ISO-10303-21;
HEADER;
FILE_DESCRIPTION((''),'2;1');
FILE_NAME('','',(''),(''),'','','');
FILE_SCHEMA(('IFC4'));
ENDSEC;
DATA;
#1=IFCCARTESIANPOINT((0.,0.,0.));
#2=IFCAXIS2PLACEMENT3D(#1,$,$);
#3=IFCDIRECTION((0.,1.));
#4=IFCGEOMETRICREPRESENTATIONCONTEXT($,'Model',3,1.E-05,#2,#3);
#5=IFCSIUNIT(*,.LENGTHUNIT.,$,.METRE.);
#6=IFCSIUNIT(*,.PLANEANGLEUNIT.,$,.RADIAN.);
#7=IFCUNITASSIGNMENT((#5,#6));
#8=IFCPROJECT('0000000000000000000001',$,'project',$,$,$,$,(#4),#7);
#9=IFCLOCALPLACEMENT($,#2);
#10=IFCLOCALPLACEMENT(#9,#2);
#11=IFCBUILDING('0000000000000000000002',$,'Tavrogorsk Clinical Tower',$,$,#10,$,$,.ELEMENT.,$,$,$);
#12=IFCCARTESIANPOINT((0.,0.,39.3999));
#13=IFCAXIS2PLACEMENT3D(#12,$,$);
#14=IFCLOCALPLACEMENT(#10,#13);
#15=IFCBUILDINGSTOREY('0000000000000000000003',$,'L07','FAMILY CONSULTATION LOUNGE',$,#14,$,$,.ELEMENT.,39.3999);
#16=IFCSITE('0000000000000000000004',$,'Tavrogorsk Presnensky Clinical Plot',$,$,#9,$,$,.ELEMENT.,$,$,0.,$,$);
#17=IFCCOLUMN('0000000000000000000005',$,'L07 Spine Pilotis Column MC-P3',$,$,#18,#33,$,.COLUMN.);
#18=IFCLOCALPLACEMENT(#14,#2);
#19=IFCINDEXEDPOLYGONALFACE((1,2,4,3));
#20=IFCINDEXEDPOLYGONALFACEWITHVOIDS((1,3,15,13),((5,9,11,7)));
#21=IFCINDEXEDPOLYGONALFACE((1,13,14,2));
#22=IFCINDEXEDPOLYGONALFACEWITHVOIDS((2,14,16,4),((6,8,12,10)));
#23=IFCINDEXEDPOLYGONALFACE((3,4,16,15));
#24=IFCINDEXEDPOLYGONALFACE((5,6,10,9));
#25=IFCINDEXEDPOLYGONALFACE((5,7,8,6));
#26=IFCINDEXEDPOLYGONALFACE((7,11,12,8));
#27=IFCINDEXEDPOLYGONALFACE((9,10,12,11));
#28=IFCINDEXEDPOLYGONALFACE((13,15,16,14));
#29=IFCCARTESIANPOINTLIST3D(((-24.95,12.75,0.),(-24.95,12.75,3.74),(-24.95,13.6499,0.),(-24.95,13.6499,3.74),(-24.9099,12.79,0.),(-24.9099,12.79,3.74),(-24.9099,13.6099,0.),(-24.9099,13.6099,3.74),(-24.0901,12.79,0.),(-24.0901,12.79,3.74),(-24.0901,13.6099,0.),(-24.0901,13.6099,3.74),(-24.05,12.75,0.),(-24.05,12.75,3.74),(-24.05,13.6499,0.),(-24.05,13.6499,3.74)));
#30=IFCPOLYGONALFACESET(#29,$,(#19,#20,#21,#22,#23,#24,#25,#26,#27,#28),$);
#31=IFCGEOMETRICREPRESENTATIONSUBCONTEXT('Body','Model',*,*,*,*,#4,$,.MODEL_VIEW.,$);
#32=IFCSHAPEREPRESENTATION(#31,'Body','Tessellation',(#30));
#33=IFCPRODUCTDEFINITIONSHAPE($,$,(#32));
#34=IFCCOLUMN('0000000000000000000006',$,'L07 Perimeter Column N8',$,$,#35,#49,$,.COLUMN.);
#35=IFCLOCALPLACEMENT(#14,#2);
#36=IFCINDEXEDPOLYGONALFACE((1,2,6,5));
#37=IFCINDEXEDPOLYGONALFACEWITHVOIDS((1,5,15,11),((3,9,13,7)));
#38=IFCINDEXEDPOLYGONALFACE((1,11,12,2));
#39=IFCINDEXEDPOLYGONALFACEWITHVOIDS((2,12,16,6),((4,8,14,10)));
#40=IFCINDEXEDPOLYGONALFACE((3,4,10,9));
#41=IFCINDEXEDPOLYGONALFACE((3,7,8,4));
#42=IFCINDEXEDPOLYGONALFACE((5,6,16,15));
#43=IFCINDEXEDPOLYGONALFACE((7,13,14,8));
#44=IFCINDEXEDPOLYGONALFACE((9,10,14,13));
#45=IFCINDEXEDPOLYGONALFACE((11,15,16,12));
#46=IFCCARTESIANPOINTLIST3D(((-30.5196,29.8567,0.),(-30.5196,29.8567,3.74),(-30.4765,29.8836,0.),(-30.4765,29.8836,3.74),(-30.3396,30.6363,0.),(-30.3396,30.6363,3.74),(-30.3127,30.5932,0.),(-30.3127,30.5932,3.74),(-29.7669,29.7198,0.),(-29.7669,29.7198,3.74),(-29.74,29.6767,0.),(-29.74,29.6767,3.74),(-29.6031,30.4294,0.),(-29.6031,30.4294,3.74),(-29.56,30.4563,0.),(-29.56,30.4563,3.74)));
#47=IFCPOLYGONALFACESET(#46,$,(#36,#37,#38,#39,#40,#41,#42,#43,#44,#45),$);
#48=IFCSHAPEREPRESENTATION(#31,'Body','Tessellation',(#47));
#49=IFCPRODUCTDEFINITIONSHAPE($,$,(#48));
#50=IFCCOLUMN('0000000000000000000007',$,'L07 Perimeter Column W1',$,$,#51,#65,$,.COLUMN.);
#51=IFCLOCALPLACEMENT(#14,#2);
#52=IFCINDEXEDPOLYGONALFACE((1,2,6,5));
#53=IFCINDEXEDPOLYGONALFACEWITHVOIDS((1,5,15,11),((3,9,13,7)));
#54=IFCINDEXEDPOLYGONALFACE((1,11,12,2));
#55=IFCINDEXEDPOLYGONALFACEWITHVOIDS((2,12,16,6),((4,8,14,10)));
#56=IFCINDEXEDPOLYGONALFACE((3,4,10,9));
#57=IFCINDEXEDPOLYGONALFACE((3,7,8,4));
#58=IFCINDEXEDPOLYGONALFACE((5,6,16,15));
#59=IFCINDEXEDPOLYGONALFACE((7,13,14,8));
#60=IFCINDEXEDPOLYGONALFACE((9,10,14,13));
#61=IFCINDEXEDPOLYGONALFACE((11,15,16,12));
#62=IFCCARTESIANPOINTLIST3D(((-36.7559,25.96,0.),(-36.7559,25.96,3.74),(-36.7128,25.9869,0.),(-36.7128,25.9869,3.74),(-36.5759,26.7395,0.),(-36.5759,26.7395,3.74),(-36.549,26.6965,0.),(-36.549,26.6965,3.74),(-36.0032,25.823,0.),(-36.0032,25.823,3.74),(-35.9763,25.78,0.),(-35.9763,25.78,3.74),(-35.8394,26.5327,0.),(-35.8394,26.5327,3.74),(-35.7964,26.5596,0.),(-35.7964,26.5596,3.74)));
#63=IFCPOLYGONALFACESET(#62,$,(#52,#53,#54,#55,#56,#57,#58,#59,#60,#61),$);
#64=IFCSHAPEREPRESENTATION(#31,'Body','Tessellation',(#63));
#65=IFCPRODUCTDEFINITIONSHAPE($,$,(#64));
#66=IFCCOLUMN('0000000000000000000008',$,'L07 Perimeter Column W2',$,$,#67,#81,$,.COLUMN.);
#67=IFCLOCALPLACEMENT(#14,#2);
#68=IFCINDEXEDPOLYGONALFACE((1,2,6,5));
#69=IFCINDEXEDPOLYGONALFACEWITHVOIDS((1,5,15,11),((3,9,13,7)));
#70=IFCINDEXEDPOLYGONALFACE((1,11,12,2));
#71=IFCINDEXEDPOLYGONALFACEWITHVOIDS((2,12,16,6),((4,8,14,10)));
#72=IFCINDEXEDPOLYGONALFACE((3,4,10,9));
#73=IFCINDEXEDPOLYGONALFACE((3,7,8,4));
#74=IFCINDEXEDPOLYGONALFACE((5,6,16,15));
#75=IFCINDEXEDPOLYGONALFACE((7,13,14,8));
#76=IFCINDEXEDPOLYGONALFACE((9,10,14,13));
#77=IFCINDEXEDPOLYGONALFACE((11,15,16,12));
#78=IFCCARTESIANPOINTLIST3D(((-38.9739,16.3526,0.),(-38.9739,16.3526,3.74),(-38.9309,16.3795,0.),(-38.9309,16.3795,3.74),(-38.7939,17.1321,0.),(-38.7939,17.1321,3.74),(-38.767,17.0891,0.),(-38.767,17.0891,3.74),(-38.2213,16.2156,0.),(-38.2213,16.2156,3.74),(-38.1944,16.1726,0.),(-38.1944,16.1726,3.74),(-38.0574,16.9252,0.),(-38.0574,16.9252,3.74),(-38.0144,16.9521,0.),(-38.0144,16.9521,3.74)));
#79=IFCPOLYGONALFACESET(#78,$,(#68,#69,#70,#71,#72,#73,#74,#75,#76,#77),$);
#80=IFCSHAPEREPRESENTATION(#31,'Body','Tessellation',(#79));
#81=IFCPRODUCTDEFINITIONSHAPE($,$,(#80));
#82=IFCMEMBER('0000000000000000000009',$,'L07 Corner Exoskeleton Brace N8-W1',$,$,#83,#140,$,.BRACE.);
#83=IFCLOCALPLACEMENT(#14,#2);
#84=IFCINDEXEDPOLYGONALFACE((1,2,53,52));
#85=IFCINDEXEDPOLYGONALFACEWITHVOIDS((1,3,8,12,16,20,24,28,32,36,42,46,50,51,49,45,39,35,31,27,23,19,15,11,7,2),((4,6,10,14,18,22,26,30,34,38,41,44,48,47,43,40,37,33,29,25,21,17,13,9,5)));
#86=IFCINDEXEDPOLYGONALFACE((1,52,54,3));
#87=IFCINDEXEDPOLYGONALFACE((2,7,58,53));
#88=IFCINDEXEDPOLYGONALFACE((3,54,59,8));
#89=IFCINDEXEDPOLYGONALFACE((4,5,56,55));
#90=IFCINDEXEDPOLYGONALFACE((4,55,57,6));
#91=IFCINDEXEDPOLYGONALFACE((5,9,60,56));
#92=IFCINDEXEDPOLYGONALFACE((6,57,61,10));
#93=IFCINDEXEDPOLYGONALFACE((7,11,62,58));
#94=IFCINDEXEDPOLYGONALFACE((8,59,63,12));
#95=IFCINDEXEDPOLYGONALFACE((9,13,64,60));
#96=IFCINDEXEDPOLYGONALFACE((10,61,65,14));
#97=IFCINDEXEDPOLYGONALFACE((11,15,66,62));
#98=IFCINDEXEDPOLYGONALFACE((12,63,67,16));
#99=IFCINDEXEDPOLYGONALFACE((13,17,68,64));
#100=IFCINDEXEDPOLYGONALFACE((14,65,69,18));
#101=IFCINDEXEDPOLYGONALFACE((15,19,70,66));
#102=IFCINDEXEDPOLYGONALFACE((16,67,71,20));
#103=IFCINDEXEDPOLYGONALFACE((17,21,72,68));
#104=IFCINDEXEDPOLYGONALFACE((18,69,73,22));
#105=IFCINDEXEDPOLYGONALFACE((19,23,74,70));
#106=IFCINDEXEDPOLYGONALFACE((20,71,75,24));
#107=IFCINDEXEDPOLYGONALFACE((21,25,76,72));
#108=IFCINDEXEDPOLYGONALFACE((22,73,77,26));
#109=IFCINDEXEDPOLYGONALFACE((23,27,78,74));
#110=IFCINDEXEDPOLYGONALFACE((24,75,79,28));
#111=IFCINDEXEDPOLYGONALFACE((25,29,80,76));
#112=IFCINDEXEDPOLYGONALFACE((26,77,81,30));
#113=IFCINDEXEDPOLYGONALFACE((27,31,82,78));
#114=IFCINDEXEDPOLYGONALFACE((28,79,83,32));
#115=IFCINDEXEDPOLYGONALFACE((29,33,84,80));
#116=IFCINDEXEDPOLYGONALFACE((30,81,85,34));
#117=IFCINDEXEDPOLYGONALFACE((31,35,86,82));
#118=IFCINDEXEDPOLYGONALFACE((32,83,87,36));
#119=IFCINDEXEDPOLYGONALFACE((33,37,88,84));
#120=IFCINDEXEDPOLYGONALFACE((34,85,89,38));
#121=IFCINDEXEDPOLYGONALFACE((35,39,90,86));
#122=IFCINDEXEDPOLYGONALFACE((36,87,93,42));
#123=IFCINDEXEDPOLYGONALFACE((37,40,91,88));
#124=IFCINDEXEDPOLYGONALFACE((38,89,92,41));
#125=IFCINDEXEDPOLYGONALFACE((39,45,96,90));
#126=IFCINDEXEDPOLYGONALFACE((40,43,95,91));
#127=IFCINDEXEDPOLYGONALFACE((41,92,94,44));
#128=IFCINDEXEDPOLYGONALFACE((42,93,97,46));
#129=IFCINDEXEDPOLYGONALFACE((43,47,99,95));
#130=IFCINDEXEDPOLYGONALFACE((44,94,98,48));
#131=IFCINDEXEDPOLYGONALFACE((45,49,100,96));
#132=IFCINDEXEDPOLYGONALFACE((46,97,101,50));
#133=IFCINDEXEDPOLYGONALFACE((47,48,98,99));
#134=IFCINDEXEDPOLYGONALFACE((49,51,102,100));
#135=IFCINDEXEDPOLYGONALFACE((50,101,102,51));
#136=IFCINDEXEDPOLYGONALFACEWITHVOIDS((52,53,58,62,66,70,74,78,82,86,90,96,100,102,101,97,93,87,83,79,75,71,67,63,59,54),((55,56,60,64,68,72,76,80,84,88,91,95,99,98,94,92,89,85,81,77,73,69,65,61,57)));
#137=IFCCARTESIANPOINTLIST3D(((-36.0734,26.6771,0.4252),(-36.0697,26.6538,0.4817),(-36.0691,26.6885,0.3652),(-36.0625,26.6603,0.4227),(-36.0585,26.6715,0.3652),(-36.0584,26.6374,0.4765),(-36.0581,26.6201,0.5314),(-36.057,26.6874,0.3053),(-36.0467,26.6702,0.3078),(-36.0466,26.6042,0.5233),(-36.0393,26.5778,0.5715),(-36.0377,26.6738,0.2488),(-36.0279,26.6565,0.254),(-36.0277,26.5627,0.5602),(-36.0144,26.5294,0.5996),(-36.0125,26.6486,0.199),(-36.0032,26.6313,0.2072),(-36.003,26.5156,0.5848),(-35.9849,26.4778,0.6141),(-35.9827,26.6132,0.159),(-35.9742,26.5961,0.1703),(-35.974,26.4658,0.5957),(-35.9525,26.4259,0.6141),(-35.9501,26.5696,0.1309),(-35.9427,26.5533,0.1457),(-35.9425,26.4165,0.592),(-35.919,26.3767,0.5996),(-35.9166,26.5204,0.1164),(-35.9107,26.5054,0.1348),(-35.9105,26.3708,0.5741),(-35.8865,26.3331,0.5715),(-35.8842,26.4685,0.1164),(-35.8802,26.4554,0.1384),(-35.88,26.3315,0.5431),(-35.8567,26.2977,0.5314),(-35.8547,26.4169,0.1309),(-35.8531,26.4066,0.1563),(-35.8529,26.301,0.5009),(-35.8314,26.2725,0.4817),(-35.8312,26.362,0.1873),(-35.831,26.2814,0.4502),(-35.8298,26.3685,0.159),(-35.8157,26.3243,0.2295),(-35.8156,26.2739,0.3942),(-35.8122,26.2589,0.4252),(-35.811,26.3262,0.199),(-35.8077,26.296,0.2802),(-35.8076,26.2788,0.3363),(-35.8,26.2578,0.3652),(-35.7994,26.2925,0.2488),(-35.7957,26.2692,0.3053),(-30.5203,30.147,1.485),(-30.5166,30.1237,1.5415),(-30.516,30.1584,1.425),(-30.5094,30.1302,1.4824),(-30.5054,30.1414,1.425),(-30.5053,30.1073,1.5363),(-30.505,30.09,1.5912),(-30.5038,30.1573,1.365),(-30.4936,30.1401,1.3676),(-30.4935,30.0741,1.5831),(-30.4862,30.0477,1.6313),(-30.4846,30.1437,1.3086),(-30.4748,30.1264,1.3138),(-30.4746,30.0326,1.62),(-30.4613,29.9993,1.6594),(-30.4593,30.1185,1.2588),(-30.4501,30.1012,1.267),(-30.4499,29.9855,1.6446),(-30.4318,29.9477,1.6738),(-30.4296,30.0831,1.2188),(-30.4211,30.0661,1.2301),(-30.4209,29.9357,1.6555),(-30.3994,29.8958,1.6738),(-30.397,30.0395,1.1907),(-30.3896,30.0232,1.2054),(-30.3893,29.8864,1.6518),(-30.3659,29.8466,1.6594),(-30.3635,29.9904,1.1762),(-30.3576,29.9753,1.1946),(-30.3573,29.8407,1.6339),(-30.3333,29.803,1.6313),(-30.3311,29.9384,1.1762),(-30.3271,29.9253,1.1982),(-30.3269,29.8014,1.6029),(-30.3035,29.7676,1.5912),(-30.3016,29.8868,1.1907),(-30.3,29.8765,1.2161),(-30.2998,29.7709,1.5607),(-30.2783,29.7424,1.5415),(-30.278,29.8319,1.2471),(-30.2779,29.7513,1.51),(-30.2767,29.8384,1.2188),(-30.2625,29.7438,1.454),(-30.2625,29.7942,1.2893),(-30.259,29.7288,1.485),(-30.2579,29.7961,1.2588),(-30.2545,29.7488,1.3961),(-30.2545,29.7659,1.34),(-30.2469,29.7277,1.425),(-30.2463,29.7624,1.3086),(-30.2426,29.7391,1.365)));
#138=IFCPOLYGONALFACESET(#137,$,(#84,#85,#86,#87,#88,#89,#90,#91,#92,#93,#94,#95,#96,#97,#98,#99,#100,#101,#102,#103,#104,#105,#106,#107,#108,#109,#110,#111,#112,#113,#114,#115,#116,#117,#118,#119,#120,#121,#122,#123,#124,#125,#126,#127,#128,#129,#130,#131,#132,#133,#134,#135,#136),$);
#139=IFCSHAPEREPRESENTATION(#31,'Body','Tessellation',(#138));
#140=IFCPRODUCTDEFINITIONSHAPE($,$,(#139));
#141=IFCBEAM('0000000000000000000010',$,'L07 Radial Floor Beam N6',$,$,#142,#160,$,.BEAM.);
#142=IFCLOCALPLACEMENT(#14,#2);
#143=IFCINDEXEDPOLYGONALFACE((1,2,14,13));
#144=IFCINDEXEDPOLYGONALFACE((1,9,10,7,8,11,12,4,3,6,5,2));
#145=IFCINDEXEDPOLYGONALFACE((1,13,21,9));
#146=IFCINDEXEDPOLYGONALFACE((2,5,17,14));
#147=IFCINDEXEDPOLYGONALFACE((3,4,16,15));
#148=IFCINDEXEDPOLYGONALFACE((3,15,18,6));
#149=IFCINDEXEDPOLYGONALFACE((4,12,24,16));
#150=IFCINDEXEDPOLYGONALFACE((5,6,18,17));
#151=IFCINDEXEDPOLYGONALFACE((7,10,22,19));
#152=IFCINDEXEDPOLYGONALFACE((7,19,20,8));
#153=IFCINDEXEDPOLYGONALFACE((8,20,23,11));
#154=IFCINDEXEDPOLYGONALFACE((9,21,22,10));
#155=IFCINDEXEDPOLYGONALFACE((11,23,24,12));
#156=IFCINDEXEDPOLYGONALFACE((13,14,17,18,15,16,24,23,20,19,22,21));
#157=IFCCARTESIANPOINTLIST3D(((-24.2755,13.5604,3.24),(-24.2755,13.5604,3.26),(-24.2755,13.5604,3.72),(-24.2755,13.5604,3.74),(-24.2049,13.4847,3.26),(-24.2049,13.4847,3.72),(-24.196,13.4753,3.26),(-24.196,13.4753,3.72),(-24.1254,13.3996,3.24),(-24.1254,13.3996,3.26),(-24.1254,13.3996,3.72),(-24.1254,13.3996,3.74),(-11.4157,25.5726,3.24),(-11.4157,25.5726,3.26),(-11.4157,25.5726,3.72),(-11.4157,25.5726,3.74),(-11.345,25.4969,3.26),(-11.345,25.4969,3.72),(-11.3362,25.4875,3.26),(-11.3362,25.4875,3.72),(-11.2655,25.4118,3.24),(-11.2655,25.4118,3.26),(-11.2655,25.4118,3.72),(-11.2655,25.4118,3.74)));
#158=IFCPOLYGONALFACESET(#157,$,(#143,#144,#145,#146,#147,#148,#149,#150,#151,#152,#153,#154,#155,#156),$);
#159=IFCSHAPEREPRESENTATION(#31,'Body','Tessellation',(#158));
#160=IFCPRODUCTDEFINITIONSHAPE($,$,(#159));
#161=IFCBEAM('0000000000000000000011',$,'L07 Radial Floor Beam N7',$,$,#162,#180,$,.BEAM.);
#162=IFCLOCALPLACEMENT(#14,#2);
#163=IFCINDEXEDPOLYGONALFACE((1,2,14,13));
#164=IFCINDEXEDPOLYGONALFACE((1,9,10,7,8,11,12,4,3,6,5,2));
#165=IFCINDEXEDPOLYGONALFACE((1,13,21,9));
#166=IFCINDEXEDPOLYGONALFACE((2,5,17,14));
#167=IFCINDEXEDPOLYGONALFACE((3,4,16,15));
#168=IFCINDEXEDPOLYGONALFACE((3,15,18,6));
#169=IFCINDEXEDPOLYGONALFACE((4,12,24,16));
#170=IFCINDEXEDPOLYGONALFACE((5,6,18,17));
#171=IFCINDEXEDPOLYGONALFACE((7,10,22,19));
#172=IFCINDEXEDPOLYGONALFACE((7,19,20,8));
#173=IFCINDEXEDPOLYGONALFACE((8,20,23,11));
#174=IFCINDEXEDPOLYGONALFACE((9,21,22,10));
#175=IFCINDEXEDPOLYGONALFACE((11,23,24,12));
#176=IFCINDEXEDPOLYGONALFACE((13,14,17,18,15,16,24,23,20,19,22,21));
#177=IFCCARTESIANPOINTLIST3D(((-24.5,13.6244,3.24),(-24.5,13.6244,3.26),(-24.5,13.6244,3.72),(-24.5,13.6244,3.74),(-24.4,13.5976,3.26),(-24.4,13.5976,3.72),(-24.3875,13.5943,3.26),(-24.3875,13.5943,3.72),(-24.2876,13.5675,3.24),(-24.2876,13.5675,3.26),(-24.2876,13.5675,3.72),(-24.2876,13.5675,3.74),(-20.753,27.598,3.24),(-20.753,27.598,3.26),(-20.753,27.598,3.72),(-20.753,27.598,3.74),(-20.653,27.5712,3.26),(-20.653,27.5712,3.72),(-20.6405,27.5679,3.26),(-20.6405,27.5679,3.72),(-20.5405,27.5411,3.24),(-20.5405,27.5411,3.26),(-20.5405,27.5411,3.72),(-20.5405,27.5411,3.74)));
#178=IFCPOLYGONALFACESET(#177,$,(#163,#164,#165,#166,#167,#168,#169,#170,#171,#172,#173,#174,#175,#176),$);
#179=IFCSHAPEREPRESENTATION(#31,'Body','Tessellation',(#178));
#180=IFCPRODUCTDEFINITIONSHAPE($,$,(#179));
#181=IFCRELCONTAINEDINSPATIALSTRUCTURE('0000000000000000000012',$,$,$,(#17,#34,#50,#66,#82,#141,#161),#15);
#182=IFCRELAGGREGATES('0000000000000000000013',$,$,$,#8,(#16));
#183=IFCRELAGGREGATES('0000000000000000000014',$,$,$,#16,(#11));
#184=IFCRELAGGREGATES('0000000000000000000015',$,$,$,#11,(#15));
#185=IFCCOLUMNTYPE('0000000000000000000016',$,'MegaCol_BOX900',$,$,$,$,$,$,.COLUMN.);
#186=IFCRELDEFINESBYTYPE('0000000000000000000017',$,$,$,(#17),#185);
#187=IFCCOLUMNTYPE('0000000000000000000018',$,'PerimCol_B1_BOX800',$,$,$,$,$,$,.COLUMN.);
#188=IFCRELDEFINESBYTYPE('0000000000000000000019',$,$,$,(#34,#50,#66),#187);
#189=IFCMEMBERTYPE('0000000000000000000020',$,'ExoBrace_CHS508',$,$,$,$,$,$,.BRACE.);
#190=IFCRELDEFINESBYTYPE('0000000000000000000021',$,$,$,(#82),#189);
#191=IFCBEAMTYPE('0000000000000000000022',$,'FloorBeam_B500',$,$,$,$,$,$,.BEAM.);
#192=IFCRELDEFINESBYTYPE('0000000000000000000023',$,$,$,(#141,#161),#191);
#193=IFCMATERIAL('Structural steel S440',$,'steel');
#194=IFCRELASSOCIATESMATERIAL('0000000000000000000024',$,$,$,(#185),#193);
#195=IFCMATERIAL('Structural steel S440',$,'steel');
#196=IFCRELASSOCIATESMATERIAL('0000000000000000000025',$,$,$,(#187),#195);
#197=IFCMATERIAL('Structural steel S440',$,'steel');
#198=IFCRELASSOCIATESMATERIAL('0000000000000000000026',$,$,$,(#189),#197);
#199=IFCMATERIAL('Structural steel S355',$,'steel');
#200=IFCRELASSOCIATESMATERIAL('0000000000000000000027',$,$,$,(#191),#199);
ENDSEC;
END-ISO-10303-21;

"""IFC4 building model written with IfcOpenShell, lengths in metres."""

from ifc_helpers import new_model, si_unit, direction, frame, origin, origin_2d, place, context, subcontext, project, spatial, hollow_rectangle, hollow_circle, i_section, extrude, material, material_profile, profile_set, type_object, element, save


model = new_model("IFC4")

# Units and contexts
model_context = context("Model", 3, precision=1e-05, world=origin(), true_north=direction((0.0, 1.0)))
body_context = subcontext(model_context, "Body", "Model", "MODEL_VIEW")
ifc_project = project(units=[si_unit("LENGTHUNIT", "METRE"), si_unit("PLANEANGLEUNIT", "RADIAN")], contexts=[model_context])

# Site, building, storey
site_placement = place(None, origin())
site = spatial("IfcSite", under=ifc_project, at=site_placement, Name="Tavrogorsk Presnensky Clinical Plot", CompositionType="ELEMENT", RefElevation=0.0)
building_placement = place(site_placement, origin())
building = spatial("IfcBuilding", under=site, at=building_placement, Name="Tavrogorsk Clinical Tower", CompositionType="ELEMENT")
storey_placement = place(building_placement, frame((0.0, 0.0, 39.3999)))
storey = spatial("IfcBuildingStorey", under=building, at=storey_placement, Name="L07", Description="FAMILY CONSULTATION LOUNGE", CompositionType="ELEMENT", Elevation=39.3999)

# Columns
ifc_material_1 = material(Name="Structural steel S440", Category="steel")
ifc_material_profile_1 = material_profile(ifc_material_1, hollow_rectangle(XDim=0.8999, YDim=0.8999, WallThickness=0.04, at=origin_2d()), Name="BOX-900x900x40")
ifc_profile_set_1 = profile_set([ifc_material_profile_1], Name="Structural steel S440")
column_type_1 = type_object("IfcColumnType", Name="MegaCol_BOX900", PredefinedType="COLUMN", material=ifc_profile_set_1)
column_placement = place(storey_placement, frame((-24.5, 13.2, 0.0), z_axis=(0.0, 0.0, 1.0), x_axis=(1.0, 0.0, 0.0)))
element("IfcColumn", 1, at=column_placement, inside=storey, type_object=column_type_1, Name="L07 Spine Pilotis Column MC-P3", PredefinedType="COLUMN", context=body_context, shape_type="SweptSolid", body=[
    extrude(hollow_rectangle(XDim=0.8999, YDim=0.8999, WallThickness=0.04, at=origin_2d()), origin(), (0.0, 0.0, 1.0), 3.74),
])
ifc_material_2 = material(Name="Structural steel S440", Category="steel")
ifc_material_profile_2 = material_profile(ifc_material_2, hollow_rectangle(XDim=0.8, YDim=0.8, WallThickness=0.0359, at=origin_2d()), Name="BOX-800x800x36")
ifc_profile_set_2 = profile_set([ifc_material_profile_2], Name="Structural steel S440")
column_type_2 = type_object("IfcColumnType", Name="PerimCol_B1_BOX800", PredefinedType="COLUMN", material=ifc_profile_set_2)
for number, where, z_axis, x_axis, name in (
    (2, (-30.0398, 30.1565, 0.0), (0.0, 0.0, 1.0), (0.97437, -0.224951, 0.0), "L07 Perimeter Column N8"),
    (3, (-36.2761, 26.2598, 0.0), (0.0, 0.0, 1.0), (0.97437, -0.224951, 0.0), "L07 Perimeter Column W1"),
    (4, (-38.4941, 16.6523, 0.0), (0.0, 0.0, 1.0), (0.97437, -0.224951, 0.0), "L07 Perimeter Column W2"),
):
    element("IfcColumn", number, at=place(storey_placement, frame(where, z_axis=z_axis, x_axis=x_axis)), inside=storey, type_object=column_type_2, Name=name, PredefinedType="COLUMN", context=body_context, shape_type="SweptSolid", body=[
        extrude(hollow_rectangle(XDim=0.8, YDim=0.8, WallThickness=0.0359, at=origin_2d()), origin(), (0.0, 0.0, 1.0), 3.74),
    ])

# Member
ifc_material_3 = material(Name="Structural steel S440", Category="steel")
ifc_material_profile_3 = material_profile(ifc_material_3, hollow_circle(Radius=0.2539, WallThickness=0.02, at=origin_2d()), Name="CHS-508x20")
ifc_profile_set_3 = profile_set([ifc_material_profile_3], Name="Structural steel S440")
member_type_1 = type_object("IfcMemberType", Name="ExoBrace_CHS508", PredefinedType="BRACE", material=ifc_profile_set_3)
member_1_placement = place(storey_placement, frame((-35.9346, 26.4731, 0.3652), z_axis=(0.837159, 0.523105, 0.159769), x_axis=(-0.529912, 0.848053, 0.0)))
element("IfcMember", 5, at=member_1_placement, inside=storey, type_object=member_type_1, Name="L07 Corner Exoskeleton Brace N8-W1", PredefinedType="BRACE", context=body_context, shape_type="SweptSolid", body=[
    extrude(hollow_circle(Radius=0.2539, WallThickness=0.02, at=origin_2d()), origin(), (0.0, 0.0, 1.0), 6.6333),
])

# Beams
ifc_material_4 = material(Name="Structural steel S355", Category="steel")
ifc_material_profile_4 = material_profile(ifc_material_4, i_section(OverallWidth=0.22, OverallDepth=0.5, WebThickness=0.0129, FlangeThickness=0.02, at=origin_2d()), Name="B-500x220x13x20")
ifc_profile_set_4 = profile_set([ifc_material_profile_4], Name="Structural steel S355")
beam_type_1 = type_object("IfcBeamType", Name="FloorBeam_B500", PredefinedType="BEAM", material=ifc_profile_set_4)
beam_1_placement = place(storey_placement, frame((-24.2004, 13.48, 3.49), z_axis=(0.730781, 0.682612, 0.0), x_axis=(-0.682612, 0.730781, 0.0)))
element("IfcBeam", 6, at=beam_1_placement, inside=storey, type_object=beam_type_1, Name="L07 Radial Floor Beam N6", PredefinedType="BEAM", context=body_context, shape_type="SweptSolid", body=[
    extrude(i_section(OverallWidth=0.22, OverallDepth=0.5, WebThickness=0.0129, FlangeThickness=0.02, at=origin_2d()), origin(), (0.0, 0.0, 1.0), 17.5974),
])
beam_2_placement = place(storey_placement, frame((-24.3938, 13.5959, 3.49), z_axis=(0.259003, 0.965877, 0.0), x_axis=(-0.965877, 0.259003, 0.0)))
element("IfcBeam", 7, at=beam_2_placement, inside=storey, type_object=beam_type_1, Name="L07 Radial Floor Beam N7", PredefinedType="BEAM", context=body_context, shape_type="SweptSolid", body=[
    extrude(i_section(OverallWidth=0.22, OverallDepth=0.5, WebThickness=0.0129, FlangeThickness=0.02, at=origin_2d()), origin(), (0.0, 0.0, 1.0), 14.4673),
])

save(model, "model.ifc")
